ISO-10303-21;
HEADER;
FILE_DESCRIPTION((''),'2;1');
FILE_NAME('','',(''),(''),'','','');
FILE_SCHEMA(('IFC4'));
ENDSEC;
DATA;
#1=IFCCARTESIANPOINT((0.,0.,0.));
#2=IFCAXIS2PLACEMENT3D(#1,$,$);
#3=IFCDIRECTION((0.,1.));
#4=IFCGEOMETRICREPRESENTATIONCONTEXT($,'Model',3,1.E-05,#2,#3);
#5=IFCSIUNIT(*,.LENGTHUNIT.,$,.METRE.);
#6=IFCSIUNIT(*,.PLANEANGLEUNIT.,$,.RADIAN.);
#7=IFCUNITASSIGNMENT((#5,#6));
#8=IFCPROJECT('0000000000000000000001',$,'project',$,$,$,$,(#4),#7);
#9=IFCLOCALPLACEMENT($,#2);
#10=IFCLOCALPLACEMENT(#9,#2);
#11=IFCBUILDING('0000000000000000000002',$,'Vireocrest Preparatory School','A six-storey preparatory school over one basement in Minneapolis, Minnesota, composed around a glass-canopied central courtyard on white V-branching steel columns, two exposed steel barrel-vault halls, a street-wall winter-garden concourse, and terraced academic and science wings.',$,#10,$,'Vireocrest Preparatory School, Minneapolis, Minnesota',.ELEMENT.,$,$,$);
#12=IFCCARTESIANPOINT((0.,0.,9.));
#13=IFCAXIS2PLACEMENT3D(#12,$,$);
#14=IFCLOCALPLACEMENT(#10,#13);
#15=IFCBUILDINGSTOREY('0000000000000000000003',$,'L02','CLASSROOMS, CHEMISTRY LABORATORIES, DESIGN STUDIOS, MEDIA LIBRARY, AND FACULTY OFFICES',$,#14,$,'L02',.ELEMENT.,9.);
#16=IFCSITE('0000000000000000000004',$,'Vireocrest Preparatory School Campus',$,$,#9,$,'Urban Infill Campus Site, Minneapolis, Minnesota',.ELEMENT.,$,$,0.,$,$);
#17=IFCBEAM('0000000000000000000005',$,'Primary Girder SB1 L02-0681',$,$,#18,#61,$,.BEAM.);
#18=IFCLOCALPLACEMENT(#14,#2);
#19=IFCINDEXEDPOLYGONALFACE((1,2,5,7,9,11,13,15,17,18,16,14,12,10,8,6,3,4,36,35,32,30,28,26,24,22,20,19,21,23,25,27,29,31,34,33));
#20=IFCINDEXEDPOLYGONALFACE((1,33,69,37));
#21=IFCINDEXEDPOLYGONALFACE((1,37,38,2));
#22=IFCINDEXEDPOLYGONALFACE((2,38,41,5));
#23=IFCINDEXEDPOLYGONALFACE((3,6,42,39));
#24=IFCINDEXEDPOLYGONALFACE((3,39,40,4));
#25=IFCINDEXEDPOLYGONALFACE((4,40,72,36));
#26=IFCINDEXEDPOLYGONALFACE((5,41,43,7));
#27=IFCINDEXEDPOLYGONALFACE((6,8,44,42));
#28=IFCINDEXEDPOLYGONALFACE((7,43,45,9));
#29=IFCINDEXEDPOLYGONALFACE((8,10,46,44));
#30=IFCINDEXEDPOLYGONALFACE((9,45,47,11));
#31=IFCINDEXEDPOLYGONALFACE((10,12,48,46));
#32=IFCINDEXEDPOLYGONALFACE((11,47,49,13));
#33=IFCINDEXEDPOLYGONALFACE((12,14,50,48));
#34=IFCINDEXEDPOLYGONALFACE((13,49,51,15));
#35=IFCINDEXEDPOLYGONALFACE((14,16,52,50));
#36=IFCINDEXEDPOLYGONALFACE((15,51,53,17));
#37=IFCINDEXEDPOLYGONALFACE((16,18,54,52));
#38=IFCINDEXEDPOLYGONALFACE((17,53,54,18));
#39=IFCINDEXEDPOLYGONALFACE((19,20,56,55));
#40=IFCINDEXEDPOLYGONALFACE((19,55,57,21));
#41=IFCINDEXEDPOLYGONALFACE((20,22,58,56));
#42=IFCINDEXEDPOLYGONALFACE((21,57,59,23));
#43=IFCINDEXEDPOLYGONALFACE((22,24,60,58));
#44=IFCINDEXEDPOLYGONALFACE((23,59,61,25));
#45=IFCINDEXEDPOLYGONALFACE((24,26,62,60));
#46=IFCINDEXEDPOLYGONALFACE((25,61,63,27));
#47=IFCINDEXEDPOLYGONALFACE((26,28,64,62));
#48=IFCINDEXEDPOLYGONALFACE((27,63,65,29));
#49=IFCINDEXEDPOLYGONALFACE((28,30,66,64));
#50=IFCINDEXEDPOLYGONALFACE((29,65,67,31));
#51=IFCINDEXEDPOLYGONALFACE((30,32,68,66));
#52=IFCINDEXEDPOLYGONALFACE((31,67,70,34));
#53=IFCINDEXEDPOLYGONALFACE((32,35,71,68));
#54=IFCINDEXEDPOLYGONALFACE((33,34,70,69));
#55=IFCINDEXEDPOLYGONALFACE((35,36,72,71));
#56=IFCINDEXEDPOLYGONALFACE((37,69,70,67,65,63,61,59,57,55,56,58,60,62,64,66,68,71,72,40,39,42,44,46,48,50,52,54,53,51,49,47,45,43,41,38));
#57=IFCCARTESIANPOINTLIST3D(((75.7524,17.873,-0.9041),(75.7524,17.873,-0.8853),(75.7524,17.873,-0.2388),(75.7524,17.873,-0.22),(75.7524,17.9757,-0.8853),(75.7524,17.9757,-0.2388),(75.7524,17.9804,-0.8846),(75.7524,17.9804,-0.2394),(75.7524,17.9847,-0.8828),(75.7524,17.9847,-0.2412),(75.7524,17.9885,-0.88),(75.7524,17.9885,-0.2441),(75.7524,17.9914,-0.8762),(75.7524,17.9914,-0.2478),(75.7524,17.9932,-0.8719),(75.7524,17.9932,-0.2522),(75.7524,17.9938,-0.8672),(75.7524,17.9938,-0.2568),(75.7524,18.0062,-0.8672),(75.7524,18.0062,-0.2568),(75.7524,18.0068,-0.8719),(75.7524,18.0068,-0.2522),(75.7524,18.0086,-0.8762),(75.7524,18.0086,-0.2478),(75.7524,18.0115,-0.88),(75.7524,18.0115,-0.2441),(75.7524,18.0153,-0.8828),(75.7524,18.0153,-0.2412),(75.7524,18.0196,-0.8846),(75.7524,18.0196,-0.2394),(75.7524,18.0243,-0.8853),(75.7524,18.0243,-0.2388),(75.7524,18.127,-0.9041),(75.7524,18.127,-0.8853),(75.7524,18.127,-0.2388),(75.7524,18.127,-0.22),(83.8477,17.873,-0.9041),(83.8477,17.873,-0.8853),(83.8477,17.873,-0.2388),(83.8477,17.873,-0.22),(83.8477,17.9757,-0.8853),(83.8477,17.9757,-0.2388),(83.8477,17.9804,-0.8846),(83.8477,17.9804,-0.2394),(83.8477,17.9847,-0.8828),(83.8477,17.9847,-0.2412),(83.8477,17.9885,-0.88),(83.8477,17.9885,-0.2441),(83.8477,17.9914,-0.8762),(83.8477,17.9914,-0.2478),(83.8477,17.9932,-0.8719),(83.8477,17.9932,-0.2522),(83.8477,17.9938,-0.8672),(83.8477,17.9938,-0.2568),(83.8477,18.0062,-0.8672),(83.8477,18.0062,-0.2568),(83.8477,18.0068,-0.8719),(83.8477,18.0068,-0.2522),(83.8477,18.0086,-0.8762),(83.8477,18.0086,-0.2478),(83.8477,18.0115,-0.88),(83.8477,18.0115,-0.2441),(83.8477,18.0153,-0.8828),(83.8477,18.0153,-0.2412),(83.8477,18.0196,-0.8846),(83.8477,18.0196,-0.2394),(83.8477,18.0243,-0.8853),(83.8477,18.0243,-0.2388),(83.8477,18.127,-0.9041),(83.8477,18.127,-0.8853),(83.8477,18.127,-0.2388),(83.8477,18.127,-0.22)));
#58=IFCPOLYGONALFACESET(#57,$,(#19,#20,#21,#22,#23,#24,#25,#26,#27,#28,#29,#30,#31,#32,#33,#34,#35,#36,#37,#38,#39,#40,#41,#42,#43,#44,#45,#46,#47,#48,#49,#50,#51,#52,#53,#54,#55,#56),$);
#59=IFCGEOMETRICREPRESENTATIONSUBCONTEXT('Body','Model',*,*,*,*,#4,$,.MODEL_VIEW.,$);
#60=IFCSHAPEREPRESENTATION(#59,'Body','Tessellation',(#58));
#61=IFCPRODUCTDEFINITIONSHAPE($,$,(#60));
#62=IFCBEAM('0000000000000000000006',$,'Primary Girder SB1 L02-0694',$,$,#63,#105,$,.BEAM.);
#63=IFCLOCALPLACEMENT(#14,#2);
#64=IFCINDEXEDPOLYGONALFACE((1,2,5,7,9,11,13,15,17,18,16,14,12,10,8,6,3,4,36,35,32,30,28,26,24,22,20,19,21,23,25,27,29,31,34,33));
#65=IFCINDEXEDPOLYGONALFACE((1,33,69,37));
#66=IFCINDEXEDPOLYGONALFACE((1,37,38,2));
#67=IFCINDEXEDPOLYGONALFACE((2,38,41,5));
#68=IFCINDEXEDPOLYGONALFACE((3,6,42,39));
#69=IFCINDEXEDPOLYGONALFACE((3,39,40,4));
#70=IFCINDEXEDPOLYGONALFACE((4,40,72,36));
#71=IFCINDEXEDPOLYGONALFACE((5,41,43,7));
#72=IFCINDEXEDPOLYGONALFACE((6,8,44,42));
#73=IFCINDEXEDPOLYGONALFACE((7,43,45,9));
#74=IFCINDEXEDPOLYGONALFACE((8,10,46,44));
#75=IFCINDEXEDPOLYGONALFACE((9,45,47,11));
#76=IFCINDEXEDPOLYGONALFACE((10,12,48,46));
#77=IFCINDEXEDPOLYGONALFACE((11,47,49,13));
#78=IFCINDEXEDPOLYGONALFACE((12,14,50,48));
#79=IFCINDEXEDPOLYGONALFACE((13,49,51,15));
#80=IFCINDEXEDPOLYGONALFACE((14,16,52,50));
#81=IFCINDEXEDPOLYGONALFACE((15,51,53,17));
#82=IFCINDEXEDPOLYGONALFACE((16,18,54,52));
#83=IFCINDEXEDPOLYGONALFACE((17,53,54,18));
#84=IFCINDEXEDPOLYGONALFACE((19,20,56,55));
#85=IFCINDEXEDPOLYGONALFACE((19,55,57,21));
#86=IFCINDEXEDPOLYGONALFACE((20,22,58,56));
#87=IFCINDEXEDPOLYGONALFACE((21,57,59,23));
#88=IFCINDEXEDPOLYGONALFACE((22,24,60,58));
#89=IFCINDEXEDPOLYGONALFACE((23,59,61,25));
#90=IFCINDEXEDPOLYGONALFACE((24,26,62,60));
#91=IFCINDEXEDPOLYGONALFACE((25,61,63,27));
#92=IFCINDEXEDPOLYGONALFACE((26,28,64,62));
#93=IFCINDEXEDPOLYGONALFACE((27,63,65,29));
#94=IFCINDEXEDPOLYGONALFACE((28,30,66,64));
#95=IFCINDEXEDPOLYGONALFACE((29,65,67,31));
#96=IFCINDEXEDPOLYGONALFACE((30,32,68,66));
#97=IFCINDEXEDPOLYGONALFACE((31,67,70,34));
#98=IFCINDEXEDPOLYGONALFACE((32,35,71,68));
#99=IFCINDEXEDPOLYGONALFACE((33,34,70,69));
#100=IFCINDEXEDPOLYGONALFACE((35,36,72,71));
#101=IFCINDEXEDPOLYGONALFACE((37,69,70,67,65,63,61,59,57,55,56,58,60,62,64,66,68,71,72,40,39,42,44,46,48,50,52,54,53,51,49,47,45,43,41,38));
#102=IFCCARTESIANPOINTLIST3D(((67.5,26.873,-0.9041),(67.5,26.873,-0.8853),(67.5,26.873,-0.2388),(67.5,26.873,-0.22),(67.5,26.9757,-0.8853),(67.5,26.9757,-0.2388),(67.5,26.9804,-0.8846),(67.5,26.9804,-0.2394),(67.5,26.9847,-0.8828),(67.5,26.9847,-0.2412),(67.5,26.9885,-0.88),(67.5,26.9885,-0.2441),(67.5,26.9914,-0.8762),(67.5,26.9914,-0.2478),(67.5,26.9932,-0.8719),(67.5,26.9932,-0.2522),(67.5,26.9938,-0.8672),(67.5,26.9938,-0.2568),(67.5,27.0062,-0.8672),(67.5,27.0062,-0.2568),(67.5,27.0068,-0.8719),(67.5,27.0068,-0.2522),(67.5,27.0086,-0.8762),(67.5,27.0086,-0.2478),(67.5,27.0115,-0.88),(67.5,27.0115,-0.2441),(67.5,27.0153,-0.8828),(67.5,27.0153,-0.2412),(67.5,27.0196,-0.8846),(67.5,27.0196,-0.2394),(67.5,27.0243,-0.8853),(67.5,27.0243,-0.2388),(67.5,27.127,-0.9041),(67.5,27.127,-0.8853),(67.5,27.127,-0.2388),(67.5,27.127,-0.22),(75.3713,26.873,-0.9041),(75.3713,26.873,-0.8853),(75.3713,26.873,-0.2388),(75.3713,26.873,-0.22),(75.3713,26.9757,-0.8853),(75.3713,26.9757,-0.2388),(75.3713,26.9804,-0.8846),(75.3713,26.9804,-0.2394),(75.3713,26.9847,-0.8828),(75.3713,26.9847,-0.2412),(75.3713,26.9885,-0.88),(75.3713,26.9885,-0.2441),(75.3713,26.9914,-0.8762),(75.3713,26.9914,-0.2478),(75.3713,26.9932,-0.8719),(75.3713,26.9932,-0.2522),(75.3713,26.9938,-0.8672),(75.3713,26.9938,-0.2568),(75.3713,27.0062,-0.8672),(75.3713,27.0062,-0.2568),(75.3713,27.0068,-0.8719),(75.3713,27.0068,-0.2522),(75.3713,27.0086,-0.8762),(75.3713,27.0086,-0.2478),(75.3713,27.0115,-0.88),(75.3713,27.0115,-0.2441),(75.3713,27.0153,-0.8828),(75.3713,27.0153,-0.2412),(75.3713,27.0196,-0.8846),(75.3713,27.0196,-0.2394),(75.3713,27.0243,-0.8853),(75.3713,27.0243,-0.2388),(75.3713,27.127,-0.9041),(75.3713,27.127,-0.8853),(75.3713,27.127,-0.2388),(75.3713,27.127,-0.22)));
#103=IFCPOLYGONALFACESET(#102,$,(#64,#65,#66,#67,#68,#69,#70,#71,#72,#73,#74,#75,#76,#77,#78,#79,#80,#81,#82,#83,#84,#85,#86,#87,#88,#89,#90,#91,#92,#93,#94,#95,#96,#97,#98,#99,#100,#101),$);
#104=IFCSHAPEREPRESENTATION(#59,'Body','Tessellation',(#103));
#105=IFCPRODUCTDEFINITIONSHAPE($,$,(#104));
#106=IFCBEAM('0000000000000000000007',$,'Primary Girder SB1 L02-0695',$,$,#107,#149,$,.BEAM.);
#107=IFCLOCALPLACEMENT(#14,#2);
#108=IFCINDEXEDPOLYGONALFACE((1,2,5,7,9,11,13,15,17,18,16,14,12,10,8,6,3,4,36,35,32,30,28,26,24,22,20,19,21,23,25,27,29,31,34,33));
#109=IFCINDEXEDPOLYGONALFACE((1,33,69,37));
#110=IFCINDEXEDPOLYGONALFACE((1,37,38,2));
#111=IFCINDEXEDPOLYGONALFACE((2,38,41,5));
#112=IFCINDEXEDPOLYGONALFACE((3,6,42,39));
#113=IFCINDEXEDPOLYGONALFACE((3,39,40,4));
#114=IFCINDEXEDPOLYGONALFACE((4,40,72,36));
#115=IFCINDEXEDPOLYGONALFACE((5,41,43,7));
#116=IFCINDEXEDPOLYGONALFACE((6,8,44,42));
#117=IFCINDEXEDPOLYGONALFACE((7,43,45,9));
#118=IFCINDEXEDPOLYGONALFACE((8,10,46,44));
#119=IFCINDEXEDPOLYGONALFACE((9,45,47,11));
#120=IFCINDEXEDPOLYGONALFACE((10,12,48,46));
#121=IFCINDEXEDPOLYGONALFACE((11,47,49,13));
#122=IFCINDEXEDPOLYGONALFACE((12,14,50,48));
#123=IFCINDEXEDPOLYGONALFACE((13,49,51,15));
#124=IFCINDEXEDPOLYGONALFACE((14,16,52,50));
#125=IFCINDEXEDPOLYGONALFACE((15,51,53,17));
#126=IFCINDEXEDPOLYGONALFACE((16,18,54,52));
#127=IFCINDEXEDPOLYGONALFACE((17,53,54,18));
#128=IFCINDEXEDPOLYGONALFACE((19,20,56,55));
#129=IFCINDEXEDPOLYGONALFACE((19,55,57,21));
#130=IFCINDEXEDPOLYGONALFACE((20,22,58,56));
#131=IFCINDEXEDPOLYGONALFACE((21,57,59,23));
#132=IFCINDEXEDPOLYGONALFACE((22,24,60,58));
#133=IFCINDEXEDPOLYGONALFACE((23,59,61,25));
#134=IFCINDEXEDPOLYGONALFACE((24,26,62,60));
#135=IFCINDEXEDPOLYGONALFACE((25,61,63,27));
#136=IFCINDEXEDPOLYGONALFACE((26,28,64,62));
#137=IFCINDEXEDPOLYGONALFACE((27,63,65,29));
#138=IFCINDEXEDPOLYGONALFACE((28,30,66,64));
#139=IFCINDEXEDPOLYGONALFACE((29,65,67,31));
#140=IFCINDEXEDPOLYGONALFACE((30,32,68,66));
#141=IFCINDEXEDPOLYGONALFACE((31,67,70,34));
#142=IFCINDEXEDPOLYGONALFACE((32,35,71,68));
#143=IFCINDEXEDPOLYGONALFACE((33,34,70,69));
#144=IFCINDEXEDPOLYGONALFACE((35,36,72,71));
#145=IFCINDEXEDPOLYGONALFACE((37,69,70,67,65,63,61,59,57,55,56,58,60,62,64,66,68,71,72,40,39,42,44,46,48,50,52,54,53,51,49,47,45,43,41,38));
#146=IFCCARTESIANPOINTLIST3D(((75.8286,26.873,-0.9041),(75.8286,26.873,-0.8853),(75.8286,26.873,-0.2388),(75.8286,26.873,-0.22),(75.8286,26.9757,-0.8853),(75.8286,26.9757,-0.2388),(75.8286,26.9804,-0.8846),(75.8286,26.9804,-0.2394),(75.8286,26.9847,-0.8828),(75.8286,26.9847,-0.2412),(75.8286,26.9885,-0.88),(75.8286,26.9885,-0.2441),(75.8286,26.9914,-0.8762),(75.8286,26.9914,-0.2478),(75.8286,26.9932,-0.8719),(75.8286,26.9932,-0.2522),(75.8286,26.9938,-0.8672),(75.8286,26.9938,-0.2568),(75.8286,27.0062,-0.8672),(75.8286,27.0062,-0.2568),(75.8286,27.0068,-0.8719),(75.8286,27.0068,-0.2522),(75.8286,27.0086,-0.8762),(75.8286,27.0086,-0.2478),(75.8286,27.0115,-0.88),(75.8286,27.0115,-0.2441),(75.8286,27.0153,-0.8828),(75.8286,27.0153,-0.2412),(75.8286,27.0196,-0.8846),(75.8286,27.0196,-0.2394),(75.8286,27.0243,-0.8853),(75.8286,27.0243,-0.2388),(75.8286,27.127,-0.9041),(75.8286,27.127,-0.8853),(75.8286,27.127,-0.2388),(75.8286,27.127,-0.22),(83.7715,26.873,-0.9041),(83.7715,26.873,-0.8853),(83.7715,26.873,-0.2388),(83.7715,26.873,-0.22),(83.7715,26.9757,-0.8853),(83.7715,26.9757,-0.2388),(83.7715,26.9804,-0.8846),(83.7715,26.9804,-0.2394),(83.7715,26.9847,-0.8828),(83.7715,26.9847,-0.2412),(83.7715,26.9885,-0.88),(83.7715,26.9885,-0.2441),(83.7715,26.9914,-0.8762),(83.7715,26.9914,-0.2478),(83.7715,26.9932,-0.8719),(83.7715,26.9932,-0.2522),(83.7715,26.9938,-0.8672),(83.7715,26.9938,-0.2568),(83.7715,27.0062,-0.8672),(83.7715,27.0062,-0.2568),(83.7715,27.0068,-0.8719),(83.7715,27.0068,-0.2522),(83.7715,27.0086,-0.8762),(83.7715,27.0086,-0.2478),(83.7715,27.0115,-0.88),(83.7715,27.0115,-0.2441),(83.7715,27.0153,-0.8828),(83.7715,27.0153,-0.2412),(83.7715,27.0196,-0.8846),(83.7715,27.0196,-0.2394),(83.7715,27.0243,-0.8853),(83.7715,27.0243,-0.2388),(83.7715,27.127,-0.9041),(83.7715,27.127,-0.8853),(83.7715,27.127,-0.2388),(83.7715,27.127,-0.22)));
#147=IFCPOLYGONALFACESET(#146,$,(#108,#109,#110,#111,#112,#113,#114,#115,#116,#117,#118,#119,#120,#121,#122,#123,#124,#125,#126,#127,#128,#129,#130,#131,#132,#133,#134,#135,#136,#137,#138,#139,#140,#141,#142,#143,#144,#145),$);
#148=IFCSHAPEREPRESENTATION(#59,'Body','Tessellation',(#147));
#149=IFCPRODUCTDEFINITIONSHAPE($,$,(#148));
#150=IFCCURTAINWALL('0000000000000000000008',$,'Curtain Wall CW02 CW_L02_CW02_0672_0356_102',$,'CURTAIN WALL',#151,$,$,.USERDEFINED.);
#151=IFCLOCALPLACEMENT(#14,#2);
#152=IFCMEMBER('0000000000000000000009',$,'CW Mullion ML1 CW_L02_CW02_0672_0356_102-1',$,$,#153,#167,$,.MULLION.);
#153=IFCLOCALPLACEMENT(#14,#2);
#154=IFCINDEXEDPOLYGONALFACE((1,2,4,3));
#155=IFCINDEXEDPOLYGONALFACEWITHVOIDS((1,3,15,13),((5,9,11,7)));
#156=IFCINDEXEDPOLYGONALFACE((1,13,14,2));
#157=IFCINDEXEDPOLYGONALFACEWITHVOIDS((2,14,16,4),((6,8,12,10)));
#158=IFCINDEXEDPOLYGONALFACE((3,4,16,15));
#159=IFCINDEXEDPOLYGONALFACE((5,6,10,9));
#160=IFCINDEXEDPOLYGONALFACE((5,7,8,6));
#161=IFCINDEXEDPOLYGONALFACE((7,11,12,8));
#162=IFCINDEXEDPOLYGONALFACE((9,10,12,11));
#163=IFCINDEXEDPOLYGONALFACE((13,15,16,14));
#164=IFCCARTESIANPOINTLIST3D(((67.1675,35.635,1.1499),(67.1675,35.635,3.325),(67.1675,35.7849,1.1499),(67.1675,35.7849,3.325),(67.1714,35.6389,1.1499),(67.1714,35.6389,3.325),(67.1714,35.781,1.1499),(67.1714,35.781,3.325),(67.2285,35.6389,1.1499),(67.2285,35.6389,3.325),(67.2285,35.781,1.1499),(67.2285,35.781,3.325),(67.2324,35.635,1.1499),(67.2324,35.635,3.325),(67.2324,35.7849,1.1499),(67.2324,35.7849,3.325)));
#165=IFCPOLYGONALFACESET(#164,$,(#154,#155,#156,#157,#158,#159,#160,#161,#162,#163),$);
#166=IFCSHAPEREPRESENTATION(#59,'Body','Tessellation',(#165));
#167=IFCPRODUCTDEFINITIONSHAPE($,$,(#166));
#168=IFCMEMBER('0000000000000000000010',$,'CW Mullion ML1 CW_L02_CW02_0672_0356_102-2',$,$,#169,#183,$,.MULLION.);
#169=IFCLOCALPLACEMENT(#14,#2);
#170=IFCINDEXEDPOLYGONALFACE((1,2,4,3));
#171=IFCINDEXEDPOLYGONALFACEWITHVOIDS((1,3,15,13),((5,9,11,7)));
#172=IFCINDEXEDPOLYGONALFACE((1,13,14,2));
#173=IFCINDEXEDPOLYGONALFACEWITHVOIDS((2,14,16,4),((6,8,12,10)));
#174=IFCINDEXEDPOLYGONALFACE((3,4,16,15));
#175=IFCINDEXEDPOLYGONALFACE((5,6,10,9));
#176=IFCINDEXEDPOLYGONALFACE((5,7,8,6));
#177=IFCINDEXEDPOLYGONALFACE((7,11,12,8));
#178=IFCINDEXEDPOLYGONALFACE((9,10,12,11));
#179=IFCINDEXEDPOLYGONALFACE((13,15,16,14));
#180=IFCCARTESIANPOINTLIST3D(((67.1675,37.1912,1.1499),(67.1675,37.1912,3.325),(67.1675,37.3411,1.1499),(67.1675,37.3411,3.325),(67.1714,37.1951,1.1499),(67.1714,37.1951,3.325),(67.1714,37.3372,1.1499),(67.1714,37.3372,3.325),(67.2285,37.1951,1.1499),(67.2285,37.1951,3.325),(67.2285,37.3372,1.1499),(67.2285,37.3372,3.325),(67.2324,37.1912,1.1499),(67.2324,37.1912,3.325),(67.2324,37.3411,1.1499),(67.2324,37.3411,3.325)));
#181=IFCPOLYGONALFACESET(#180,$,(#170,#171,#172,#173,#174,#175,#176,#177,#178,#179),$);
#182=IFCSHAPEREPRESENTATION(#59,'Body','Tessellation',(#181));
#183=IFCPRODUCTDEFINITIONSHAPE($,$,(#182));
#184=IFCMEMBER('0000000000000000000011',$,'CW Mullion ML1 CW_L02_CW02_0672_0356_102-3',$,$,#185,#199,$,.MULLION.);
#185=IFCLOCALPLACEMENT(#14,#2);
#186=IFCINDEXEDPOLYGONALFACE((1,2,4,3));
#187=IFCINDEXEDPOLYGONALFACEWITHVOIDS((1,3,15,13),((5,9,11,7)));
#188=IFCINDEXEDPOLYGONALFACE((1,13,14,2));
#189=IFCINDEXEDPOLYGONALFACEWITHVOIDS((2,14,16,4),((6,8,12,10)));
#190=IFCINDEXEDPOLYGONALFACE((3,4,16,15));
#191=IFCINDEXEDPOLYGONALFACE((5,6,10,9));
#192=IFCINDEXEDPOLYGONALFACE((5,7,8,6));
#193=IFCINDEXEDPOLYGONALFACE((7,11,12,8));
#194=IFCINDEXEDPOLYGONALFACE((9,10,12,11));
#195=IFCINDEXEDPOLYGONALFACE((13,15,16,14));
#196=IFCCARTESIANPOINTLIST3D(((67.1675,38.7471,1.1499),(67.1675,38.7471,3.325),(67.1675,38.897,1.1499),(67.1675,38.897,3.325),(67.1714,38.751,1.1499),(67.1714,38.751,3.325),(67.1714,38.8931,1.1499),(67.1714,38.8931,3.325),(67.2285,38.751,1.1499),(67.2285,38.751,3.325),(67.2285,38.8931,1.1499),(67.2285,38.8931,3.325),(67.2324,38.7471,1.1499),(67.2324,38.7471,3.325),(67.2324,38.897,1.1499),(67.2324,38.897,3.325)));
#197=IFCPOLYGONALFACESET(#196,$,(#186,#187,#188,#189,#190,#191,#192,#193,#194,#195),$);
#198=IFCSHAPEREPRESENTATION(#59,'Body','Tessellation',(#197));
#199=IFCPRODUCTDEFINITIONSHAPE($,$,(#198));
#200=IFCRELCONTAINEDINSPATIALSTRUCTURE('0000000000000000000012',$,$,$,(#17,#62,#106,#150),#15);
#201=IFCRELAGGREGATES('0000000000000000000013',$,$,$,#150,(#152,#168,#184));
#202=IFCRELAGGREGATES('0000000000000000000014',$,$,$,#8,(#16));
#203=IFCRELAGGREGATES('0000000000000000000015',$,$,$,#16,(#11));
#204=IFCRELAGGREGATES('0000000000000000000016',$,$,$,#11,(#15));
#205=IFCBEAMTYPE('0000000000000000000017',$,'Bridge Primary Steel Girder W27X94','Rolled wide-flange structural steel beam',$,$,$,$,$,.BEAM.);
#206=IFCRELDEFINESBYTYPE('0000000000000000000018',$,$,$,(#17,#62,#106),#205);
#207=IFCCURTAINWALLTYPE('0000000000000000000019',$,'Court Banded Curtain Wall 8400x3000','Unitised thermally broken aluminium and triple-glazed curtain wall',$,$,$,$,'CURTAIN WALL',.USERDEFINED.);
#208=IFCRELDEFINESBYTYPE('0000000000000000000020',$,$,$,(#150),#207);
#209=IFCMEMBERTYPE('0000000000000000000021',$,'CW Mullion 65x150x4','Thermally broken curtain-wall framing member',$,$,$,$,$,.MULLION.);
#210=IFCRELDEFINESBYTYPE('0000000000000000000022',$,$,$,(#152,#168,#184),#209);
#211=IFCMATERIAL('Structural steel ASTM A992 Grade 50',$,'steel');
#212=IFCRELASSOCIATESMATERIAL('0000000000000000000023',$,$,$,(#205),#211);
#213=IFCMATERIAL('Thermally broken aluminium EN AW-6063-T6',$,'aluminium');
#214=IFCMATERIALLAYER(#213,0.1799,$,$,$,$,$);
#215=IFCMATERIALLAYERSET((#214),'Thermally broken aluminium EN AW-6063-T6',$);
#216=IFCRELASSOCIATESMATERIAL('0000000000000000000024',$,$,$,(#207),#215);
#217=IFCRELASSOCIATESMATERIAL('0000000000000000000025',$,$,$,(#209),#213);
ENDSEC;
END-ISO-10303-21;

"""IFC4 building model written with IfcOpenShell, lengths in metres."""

from ifc_helpers import new_model, si_unit, direction, frame, origin, origin_2d, place, context, subcontext, project, spatial, hollow_rectangle, i_section, extrude, material, layer, layer_set, material_profile, profile_set, type_object, element, aggregate, save


model = new_model("IFC4")

# Units and contexts
model_context = context("Model", 3, precision=1e-05, world=origin(), true_north=direction((0.0, 1.0)))
body_context = subcontext(model_context, "Body", "Model", "MODEL_VIEW")
ifc_project = project(units=[si_unit("LENGTHUNIT", "METRE"), si_unit("PLANEANGLEUNIT", "RADIAN")], contexts=[model_context])

# Site, building, storey
site_placement = place(None, origin())
site = spatial("IfcSite", under=ifc_project, at=site_placement, Name="Vireocrest Preparatory School Campus", LongName="Urban Infill Campus Site, Minneapolis, Minnesota", CompositionType="ELEMENT", RefElevation=0.0)
building_placement = place(site_placement, origin())
building = spatial("IfcBuilding", under=site, at=building_placement, Name="Vireocrest Preparatory School", Description="A six-storey preparatory school over one basement in Minneapolis, Minnesota, composed around a glass-canopied central courtyard on white V-branching steel columns, two exposed steel barrel-vault halls, a street-wall winter-garden concourse, and terraced academic and science wings.", LongName="Vireocrest Preparatory School, Minneapolis, Minnesota", CompositionType="ELEMENT")
storey_placement = place(building_placement, frame((0.0, 0.0, 9.0)))
storey = spatial("IfcBuildingStorey", under=building, at=storey_placement, Name="L02", Description="CLASSROOMS, CHEMISTRY LABORATORIES, DESIGN STUDIOS, MEDIA LIBRARY, AND FACULTY OFFICES", LongName="L02", CompositionType="ELEMENT", Elevation=9.0)

# Beams
ifc_material_1 = material(Name="Structural steel ASTM A992 Grade 50", Category="steel")
ifc_material_profile_1 = material_profile(ifc_material_1, i_section(OverallWidth=0.2539, OverallDepth=0.6841, WebThickness=0.0125, FlangeThickness=0.0188, FilletRadius=0.0181, at=origin_2d()), Name="W27X94")
ifc_profile_set_1 = profile_set([ifc_material_profile_1], Name="Structural steel ASTM A992 Grade 50")
beam_type_1 = type_object("IfcBeamType", Name="Bridge Primary Steel Girder W27X94", Description="Rolled wide-flange structural steel beam", PredefinedType="BEAM", material=ifc_profile_set_1)
beam_1_placement = place(storey_placement, frame((75.7524, 18.0, -0.562), z_axis=(1.0, 0.0, 0.0), x_axis=(0.0, 1.0, 0.0)))
element("IfcBeam", 1, at=beam_1_placement, inside=storey, type_object=beam_type_1, Name="Primary Girder SB1 L02-0681", PredefinedType="BEAM", context=body_context, shape_type="SweptSolid", body=[
    extrude(i_section(OverallWidth=0.2539, OverallDepth=0.6841, WebThickness=0.0125, FlangeThickness=0.0188, FilletRadius=0.0181, at=origin_2d()), origin(), (0.0, 0.0, 1.0), 8.0952),
])
beam_2_placement = place(storey_placement, frame((67.5, 27.0, -0.562), z_axis=(1.0, 0.0, 0.0), x_axis=(0.0, 1.0, 0.0)))
element("IfcBeam", 2, at=beam_2_placement, inside=storey, type_object=beam_type_1, Name="Primary Girder SB1 L02-0694", PredefinedType="BEAM", context=body_context, shape_type="SweptSolid", body=[
    extrude(i_section(OverallWidth=0.2539, OverallDepth=0.6841, WebThickness=0.0125, FlangeThickness=0.0188, FilletRadius=0.0181, at=origin_2d()), origin(), (0.0, 0.0, 1.0), 7.8713),
])
beam_3_placement = place(storey_placement, frame((75.8286, 27.0, -0.562), z_axis=(1.0, 0.0, 0.0), x_axis=(0.0, 1.0, 0.0)))
element("IfcBeam", 3, at=beam_3_placement, inside=storey, type_object=beam_type_1, Name="Primary Girder SB1 L02-0695", PredefinedType="BEAM", context=body_context, shape_type="SweptSolid", body=[
    extrude(i_section(OverallWidth=0.2539, OverallDepth=0.6841, WebThickness=0.0125, FlangeThickness=0.0188, FilletRadius=0.0181, at=origin_2d()), origin(), (0.0, 0.0, 1.0), 7.9429),
])

# Curtain wall, members
ifc_material_2 = material(Name="Thermally broken aluminium EN AW-6063-T6", Category="aluminium")
ifc_layer_1 = layer(ifc_material_2, 0.1799)
ifc_layer_set_1 = layer_set([ifc_layer_1], Name="Thermally broken aluminium EN AW-6063-T6")
curtain_wall_type = type_object("IfcCurtainWallType", Name="Court Banded Curtain Wall 8400x3000", Description="Unitised thermally broken aluminium and triple-glazed curtain wall", ElementType="CURTAIN WALL", PredefinedType="USERDEFINED", material=ifc_layer_set_1)
curtain_wall_placement = place(storey_placement, origin())
curtain_wall = element("IfcCurtainWall", 4, at=curtain_wall_placement, inside=storey, type_object=curtain_wall_type, Name="Curtain Wall CW02 CW_L02_CW02_0672_0356_102", ObjectType="CURTAIN WALL", PredefinedType="USERDEFINED")
ifc_material_profile_2 = material_profile(ifc_material_2, hollow_rectangle(XDim=0.0649, YDim=0.1499, WallThickness=0.0039, at=origin_2d()), Name="ALU 65x150x4")
ifc_profile_set_2 = profile_set([ifc_material_profile_2], Name="Thermally broken aluminium EN AW-6063-T6")
member_type_1 = type_object("IfcMemberType", Name="CW Mullion 65x150x4", Description="Thermally broken curtain-wall framing member", PredefinedType="MULLION", material=ifc_profile_set_2)
member_1_placement = place(storey_placement, frame((67.2, 35.71, 1.1499), z_axis=(0.0, 0.0, 1.0), x_axis=(1.0, 0.0, 0.0)))
member_1 = element("IfcMember", 5, at=member_1_placement, type_object=member_type_1, Name="CW Mullion ML1 CW_L02_CW02_0672_0356_102-1", PredefinedType="MULLION", context=body_context, shape_type="SweptSolid", body=[
    extrude(hollow_rectangle(XDim=0.0649, YDim=0.1499, WallThickness=0.0039, at=origin_2d()), origin(), (0.0, 0.0, 1.0), 2.175),
])
member_2_placement = place(storey_placement, frame((67.2, 37.2661, 1.1499), z_axis=(0.0, 0.0, 1.0), x_axis=(1.0, 0.0, 0.0)))
member_2 = element("IfcMember", 6, at=member_2_placement, type_object=member_type_1, Name="CW Mullion ML1 CW_L02_CW02_0672_0356_102-2", PredefinedType="MULLION", context=body_context, shape_type="SweptSolid", body=[
    extrude(hollow_rectangle(XDim=0.0649, YDim=0.1499, WallThickness=0.0039, at=origin_2d()), origin(), (0.0, 0.0, 1.0), 2.175),
])
member_3_placement = place(storey_placement, frame((67.2, 38.822, 1.1499), z_axis=(0.0, 0.0, 1.0), x_axis=(1.0, 0.0, 0.0)))
member_3 = element("IfcMember", 7, at=member_3_placement, type_object=member_type_1, Name="CW Mullion ML1 CW_L02_CW02_0672_0356_102-3", PredefinedType="MULLION", context=body_context, shape_type="SweptSolid", body=[
    extrude(hollow_rectangle(XDim=0.0649, YDim=0.1499, WallThickness=0.0039, at=origin_2d()), origin(), (0.0, 0.0, 1.0), 2.175),
])

aggregate(curtain_wall, [member_1, member_2, member_3])

save(model, "model.ifc")
